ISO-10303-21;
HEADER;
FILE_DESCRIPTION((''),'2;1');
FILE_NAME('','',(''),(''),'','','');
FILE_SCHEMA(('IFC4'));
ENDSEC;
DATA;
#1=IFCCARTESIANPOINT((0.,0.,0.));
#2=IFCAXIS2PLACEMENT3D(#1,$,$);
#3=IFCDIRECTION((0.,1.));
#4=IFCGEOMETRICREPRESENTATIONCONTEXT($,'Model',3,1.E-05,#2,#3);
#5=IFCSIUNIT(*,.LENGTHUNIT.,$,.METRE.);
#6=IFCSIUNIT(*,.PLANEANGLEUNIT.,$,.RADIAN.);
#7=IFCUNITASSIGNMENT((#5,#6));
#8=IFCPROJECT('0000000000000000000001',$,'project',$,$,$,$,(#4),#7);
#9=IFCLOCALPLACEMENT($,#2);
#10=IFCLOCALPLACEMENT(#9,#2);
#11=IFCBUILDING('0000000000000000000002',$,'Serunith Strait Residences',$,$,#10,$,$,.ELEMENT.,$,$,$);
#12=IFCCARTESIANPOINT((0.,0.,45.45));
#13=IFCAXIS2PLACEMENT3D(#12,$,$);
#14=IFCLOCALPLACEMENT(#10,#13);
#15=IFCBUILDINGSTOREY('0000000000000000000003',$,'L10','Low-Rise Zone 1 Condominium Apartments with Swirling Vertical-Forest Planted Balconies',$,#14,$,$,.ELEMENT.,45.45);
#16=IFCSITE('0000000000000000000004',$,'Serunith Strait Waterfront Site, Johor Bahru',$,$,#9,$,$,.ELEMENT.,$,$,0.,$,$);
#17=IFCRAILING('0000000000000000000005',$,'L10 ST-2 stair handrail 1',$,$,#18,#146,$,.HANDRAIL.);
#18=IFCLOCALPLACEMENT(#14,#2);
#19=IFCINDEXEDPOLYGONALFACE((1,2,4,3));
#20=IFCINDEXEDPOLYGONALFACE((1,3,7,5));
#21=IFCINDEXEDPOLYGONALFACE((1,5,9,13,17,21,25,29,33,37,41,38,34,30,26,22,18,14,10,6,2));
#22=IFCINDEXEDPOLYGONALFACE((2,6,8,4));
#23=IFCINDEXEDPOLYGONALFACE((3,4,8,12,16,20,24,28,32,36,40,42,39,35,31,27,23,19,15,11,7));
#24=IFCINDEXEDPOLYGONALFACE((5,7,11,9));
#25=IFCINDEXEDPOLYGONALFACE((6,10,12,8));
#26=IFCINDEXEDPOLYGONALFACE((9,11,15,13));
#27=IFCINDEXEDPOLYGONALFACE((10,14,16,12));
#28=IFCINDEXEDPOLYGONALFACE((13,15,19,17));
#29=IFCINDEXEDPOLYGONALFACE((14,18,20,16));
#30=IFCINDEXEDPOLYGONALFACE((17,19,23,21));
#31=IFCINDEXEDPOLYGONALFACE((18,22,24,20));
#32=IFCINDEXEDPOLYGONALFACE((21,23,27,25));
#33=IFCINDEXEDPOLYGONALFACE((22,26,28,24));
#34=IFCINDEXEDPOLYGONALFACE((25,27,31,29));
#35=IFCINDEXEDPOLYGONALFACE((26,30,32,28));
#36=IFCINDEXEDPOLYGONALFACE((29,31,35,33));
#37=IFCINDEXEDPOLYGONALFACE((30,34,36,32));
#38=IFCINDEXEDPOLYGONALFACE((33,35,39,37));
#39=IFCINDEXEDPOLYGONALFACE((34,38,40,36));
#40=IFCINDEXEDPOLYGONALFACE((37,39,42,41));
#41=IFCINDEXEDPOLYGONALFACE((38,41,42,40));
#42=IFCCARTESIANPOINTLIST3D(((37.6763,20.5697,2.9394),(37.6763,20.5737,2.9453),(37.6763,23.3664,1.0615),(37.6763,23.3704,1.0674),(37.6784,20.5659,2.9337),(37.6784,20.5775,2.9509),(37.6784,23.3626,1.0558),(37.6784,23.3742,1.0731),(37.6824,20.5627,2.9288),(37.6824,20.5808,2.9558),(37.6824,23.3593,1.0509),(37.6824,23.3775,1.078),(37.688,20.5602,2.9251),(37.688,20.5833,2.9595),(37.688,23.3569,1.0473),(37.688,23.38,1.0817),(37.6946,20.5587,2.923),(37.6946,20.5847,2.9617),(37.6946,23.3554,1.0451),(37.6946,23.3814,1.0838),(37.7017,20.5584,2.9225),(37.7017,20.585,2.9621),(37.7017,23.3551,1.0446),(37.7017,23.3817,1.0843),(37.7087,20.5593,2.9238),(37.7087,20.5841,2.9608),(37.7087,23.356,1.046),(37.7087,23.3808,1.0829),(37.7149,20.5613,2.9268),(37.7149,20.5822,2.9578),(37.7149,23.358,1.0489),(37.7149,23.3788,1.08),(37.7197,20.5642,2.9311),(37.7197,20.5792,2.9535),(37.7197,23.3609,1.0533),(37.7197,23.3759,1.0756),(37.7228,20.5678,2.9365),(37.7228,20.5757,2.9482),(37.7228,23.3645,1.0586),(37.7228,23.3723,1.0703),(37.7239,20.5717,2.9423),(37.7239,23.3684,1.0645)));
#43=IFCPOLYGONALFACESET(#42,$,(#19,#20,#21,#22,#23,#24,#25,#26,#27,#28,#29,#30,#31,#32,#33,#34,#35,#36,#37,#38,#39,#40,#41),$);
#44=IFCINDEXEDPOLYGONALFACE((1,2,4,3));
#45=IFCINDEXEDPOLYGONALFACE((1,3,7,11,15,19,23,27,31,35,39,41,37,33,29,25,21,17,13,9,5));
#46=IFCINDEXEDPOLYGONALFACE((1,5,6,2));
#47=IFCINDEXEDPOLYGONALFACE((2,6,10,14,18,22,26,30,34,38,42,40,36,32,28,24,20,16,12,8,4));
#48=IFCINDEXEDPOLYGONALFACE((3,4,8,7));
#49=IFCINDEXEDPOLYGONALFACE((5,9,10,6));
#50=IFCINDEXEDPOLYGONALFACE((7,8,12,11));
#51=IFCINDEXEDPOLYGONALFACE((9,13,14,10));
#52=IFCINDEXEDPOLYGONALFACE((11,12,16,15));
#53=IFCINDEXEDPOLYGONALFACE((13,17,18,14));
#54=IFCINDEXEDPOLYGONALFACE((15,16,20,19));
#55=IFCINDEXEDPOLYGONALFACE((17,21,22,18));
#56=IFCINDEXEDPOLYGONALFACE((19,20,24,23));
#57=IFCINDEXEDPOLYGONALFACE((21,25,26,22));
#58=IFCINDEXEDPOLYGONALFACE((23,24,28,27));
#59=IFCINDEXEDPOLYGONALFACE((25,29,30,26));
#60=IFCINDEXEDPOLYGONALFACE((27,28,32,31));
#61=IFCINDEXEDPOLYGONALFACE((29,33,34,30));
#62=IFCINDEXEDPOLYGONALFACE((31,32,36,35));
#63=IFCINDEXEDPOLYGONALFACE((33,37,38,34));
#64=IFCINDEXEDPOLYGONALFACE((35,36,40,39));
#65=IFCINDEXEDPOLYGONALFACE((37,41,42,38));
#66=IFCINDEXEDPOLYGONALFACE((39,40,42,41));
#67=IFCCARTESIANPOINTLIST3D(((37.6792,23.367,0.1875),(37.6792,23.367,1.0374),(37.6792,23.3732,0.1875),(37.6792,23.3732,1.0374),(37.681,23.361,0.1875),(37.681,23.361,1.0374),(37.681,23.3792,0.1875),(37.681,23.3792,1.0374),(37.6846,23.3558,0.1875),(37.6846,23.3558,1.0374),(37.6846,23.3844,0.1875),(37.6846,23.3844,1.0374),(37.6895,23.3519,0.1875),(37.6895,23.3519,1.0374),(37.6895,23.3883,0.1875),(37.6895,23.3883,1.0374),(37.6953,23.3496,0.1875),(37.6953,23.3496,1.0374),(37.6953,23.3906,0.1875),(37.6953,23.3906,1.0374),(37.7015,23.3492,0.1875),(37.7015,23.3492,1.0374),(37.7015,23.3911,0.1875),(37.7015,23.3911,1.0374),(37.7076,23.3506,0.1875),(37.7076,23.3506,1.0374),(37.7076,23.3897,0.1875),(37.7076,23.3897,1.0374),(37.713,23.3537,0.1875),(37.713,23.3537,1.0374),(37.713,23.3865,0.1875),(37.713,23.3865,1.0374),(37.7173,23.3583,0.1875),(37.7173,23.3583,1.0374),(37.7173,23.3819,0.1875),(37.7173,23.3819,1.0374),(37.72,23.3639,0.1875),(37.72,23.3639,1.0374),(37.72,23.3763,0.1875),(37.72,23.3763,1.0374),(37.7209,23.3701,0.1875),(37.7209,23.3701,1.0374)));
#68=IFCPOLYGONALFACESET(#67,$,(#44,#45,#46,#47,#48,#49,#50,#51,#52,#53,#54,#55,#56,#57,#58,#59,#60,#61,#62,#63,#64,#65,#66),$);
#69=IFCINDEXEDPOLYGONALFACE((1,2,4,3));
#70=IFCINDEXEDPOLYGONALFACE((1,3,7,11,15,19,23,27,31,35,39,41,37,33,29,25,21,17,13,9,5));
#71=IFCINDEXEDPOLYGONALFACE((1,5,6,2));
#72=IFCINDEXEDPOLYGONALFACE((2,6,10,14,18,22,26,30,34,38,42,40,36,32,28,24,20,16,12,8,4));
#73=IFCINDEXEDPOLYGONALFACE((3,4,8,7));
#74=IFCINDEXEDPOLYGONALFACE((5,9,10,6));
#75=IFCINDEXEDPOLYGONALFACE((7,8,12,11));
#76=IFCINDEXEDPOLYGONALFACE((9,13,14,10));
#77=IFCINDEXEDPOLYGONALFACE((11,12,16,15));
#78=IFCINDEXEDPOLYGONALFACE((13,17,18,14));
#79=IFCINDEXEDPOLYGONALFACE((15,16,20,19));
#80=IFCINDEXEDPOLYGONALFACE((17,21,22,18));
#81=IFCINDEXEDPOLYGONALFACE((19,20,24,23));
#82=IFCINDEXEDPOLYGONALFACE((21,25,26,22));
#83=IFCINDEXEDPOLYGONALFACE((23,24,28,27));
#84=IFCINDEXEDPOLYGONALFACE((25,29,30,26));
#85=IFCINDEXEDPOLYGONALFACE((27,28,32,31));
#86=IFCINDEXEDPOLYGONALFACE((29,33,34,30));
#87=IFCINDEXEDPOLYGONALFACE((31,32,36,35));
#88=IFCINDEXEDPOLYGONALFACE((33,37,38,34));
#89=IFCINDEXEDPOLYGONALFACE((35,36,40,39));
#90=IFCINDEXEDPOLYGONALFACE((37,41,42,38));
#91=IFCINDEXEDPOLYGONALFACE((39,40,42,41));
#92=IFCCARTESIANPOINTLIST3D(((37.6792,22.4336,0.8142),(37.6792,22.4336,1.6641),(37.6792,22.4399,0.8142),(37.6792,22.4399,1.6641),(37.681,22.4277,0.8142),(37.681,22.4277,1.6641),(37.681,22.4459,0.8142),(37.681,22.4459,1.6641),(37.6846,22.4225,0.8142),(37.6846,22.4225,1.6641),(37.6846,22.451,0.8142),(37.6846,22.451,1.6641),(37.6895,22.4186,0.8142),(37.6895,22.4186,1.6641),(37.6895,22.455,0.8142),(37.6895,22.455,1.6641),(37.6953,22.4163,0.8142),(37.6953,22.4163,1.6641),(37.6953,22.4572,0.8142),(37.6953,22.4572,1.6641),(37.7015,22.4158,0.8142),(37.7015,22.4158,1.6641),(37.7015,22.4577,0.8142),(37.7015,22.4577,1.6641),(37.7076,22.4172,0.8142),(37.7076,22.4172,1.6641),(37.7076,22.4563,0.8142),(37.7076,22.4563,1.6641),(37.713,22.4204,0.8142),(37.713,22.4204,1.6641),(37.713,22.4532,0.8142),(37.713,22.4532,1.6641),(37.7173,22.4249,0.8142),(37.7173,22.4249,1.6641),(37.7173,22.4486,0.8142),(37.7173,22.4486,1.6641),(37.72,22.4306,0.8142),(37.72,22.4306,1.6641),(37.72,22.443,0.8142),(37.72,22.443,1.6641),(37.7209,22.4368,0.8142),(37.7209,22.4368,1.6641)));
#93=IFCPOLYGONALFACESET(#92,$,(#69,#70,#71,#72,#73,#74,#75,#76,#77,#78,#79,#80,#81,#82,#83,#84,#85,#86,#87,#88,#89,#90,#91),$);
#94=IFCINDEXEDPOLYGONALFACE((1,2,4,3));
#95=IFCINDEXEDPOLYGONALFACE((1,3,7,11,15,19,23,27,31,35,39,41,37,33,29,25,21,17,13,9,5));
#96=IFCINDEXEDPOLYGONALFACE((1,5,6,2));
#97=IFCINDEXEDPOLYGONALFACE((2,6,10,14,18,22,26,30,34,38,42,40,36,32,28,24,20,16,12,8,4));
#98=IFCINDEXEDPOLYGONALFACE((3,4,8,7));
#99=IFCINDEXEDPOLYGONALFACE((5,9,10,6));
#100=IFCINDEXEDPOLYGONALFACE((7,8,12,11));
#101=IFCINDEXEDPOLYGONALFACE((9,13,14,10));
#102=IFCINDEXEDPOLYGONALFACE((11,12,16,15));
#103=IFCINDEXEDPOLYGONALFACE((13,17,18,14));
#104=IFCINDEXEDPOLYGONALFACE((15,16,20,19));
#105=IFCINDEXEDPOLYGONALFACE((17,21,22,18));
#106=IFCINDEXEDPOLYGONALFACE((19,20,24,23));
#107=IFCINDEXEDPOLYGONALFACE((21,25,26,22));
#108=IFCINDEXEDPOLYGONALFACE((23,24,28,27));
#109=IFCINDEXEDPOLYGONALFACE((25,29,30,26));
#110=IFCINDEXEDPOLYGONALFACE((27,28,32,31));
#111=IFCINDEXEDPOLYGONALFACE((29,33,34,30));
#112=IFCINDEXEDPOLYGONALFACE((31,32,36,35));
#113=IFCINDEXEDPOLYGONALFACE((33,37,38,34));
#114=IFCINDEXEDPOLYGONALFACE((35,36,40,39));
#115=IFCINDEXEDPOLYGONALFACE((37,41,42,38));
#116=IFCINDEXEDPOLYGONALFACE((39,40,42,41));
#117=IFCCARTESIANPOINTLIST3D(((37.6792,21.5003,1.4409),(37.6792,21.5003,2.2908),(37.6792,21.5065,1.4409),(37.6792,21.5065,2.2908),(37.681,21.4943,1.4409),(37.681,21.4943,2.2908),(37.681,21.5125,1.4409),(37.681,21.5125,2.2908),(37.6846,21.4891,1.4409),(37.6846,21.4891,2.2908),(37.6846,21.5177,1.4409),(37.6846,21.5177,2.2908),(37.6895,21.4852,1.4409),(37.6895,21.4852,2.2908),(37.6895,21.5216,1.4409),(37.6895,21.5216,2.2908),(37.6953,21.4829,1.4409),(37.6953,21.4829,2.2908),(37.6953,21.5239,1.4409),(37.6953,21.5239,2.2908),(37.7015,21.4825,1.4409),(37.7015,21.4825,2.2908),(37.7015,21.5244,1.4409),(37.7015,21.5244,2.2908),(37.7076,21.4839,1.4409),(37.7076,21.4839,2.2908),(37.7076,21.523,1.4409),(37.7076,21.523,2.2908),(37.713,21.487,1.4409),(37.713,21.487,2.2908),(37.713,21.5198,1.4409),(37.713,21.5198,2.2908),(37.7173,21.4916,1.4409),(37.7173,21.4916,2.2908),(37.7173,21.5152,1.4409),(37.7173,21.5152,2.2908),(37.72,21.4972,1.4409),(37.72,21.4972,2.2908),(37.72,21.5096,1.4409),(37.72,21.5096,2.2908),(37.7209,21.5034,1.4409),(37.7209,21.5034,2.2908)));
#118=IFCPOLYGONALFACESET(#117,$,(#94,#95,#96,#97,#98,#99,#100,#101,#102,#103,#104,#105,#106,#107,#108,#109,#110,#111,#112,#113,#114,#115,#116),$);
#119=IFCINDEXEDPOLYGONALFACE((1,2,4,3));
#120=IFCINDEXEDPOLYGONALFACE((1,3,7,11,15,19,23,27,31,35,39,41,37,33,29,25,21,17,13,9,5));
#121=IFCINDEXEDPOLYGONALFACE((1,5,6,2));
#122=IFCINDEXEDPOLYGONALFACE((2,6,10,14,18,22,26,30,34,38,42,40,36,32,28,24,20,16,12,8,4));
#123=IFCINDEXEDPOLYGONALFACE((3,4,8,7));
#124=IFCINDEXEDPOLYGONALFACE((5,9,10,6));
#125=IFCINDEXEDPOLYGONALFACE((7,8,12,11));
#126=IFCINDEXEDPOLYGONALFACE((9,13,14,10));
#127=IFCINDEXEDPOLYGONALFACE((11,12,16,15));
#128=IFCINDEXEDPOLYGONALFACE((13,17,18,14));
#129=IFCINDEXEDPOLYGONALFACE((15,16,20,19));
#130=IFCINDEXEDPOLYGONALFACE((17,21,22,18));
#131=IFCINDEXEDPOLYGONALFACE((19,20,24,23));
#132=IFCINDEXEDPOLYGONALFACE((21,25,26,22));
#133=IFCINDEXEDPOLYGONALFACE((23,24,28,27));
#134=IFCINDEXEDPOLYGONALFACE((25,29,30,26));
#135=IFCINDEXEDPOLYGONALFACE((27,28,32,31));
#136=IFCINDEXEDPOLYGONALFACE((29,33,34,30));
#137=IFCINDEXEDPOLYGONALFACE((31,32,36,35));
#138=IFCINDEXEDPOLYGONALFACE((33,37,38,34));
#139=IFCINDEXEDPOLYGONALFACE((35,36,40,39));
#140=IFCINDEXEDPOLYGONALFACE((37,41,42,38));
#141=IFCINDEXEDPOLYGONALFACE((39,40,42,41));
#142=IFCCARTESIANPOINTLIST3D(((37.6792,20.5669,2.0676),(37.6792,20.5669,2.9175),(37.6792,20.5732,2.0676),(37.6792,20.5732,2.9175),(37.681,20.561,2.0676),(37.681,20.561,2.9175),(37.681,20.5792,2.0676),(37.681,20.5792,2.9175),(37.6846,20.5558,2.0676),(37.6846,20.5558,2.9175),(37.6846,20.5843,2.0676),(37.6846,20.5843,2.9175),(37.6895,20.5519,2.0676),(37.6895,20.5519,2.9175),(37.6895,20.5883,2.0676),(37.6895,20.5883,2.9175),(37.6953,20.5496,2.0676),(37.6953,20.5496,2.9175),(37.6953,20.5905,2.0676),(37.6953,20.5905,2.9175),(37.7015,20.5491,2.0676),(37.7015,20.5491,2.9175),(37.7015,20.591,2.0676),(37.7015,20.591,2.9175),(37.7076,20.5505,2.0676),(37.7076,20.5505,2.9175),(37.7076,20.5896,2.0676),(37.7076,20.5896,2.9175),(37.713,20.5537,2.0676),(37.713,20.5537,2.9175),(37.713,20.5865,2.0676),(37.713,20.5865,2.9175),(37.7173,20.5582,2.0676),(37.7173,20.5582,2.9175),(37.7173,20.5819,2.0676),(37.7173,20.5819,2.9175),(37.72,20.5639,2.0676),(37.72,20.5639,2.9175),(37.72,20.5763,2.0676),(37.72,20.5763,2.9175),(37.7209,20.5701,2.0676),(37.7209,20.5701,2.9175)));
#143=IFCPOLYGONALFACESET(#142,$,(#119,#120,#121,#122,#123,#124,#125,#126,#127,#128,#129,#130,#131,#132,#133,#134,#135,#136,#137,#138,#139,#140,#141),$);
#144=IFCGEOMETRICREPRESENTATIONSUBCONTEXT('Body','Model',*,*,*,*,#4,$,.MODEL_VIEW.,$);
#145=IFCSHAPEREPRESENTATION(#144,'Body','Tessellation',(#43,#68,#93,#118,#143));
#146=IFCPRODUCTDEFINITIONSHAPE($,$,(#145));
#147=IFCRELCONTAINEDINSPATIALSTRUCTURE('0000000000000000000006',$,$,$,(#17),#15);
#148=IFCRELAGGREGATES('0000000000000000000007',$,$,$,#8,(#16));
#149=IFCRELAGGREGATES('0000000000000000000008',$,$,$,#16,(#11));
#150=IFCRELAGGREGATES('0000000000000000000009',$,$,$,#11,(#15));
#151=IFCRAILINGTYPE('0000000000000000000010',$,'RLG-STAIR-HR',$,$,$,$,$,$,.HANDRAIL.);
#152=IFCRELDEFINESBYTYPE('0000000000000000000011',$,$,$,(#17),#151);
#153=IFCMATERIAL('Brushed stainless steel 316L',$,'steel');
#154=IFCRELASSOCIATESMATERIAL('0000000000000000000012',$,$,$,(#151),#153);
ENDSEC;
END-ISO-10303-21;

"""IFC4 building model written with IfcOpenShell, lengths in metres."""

from ifc_helpers import new_model, si_unit, direction, frame, origin, origin_2d, place, context, subcontext, project, spatial, circle, extrude, material, type_object, element, save


model = new_model("IFC4")

# Units and contexts
model_context = context("Model", 3, precision=1e-05, world=origin(), true_north=direction((0.0, 1.0)))
body_context = subcontext(model_context, "Body", "Model", "MODEL_VIEW")
ifc_project = project(units=[si_unit("LENGTHUNIT", "METRE"), si_unit("PLANEANGLEUNIT", "RADIAN")], contexts=[model_context])

# Site, building, storey
site_placement = place(None, origin())
site = spatial("IfcSite", under=ifc_project, at=site_placement, Name="Serunith Strait Waterfront Site, Johor Bahru", CompositionType="ELEMENT", RefElevation=0.0)
building_placement = place(site_placement, origin())
building = spatial("IfcBuilding", under=site, at=building_placement, Name="Serunith Strait Residences", CompositionType="ELEMENT")
storey_placement = place(building_placement, frame((0.0, 0.0, 45.45)))
storey = spatial("IfcBuildingStorey", under=building, at=storey_placement, Name="L10", Description="Low-Rise Zone 1 Condominium Apartments with Swirling Vertical-Forest Planted Balconies", CompositionType="ELEMENT", Elevation=45.45)

# Railing
ifc_material_1 = material(Name="Brushed stainless steel 316L", Category="steel")
railing_type_1 = type_object("IfcRailingType", Name="RLG-STAIR-HR", PredefinedType="HANDRAIL", material=ifc_material_1)
railing_1_placement = place(storey_placement, frame((37.7, 23.3701, 0.1875)))
element("IfcRailing", 1, at=railing_1_placement, inside=storey, type_object=railing_type_1, Name="L10 ST-2 stair handrail 1", PredefinedType="HANDRAIL", context=body_context, shape_type="SweptSolid", body=[
    extrude(circle(Radius=0.0239, at=origin_2d()), frame((0.0, -0.0017, 0.877), z_axis=(0.0, -0.830208, 0.557453), x_axis=(1.0, 0.0, 0.0)), (0.0, 0.0, 1.0), 3.3687),
    extrude(circle(Radius=0.021, at=origin_2d()), origin(), (0.0, 0.0, 1.0), 0.8499),
    extrude(circle(Radius=0.021, at=origin_2d()), frame((0.0, -0.9333, 0.6267)), (0.0, 0.0, 1.0), 0.8499),
    extrude(circle(Radius=0.021, at=origin_2d()), frame((0.0, -1.8667, 1.2534)), (0.0, 0.0, 1.0), 0.8499),
    extrude(circle(Radius=0.021, at=origin_2d()), frame((0.0, -2.8, 1.8801)), (0.0, 0.0, 1.0), 0.8499),
])

save(model, "model.ifc")
